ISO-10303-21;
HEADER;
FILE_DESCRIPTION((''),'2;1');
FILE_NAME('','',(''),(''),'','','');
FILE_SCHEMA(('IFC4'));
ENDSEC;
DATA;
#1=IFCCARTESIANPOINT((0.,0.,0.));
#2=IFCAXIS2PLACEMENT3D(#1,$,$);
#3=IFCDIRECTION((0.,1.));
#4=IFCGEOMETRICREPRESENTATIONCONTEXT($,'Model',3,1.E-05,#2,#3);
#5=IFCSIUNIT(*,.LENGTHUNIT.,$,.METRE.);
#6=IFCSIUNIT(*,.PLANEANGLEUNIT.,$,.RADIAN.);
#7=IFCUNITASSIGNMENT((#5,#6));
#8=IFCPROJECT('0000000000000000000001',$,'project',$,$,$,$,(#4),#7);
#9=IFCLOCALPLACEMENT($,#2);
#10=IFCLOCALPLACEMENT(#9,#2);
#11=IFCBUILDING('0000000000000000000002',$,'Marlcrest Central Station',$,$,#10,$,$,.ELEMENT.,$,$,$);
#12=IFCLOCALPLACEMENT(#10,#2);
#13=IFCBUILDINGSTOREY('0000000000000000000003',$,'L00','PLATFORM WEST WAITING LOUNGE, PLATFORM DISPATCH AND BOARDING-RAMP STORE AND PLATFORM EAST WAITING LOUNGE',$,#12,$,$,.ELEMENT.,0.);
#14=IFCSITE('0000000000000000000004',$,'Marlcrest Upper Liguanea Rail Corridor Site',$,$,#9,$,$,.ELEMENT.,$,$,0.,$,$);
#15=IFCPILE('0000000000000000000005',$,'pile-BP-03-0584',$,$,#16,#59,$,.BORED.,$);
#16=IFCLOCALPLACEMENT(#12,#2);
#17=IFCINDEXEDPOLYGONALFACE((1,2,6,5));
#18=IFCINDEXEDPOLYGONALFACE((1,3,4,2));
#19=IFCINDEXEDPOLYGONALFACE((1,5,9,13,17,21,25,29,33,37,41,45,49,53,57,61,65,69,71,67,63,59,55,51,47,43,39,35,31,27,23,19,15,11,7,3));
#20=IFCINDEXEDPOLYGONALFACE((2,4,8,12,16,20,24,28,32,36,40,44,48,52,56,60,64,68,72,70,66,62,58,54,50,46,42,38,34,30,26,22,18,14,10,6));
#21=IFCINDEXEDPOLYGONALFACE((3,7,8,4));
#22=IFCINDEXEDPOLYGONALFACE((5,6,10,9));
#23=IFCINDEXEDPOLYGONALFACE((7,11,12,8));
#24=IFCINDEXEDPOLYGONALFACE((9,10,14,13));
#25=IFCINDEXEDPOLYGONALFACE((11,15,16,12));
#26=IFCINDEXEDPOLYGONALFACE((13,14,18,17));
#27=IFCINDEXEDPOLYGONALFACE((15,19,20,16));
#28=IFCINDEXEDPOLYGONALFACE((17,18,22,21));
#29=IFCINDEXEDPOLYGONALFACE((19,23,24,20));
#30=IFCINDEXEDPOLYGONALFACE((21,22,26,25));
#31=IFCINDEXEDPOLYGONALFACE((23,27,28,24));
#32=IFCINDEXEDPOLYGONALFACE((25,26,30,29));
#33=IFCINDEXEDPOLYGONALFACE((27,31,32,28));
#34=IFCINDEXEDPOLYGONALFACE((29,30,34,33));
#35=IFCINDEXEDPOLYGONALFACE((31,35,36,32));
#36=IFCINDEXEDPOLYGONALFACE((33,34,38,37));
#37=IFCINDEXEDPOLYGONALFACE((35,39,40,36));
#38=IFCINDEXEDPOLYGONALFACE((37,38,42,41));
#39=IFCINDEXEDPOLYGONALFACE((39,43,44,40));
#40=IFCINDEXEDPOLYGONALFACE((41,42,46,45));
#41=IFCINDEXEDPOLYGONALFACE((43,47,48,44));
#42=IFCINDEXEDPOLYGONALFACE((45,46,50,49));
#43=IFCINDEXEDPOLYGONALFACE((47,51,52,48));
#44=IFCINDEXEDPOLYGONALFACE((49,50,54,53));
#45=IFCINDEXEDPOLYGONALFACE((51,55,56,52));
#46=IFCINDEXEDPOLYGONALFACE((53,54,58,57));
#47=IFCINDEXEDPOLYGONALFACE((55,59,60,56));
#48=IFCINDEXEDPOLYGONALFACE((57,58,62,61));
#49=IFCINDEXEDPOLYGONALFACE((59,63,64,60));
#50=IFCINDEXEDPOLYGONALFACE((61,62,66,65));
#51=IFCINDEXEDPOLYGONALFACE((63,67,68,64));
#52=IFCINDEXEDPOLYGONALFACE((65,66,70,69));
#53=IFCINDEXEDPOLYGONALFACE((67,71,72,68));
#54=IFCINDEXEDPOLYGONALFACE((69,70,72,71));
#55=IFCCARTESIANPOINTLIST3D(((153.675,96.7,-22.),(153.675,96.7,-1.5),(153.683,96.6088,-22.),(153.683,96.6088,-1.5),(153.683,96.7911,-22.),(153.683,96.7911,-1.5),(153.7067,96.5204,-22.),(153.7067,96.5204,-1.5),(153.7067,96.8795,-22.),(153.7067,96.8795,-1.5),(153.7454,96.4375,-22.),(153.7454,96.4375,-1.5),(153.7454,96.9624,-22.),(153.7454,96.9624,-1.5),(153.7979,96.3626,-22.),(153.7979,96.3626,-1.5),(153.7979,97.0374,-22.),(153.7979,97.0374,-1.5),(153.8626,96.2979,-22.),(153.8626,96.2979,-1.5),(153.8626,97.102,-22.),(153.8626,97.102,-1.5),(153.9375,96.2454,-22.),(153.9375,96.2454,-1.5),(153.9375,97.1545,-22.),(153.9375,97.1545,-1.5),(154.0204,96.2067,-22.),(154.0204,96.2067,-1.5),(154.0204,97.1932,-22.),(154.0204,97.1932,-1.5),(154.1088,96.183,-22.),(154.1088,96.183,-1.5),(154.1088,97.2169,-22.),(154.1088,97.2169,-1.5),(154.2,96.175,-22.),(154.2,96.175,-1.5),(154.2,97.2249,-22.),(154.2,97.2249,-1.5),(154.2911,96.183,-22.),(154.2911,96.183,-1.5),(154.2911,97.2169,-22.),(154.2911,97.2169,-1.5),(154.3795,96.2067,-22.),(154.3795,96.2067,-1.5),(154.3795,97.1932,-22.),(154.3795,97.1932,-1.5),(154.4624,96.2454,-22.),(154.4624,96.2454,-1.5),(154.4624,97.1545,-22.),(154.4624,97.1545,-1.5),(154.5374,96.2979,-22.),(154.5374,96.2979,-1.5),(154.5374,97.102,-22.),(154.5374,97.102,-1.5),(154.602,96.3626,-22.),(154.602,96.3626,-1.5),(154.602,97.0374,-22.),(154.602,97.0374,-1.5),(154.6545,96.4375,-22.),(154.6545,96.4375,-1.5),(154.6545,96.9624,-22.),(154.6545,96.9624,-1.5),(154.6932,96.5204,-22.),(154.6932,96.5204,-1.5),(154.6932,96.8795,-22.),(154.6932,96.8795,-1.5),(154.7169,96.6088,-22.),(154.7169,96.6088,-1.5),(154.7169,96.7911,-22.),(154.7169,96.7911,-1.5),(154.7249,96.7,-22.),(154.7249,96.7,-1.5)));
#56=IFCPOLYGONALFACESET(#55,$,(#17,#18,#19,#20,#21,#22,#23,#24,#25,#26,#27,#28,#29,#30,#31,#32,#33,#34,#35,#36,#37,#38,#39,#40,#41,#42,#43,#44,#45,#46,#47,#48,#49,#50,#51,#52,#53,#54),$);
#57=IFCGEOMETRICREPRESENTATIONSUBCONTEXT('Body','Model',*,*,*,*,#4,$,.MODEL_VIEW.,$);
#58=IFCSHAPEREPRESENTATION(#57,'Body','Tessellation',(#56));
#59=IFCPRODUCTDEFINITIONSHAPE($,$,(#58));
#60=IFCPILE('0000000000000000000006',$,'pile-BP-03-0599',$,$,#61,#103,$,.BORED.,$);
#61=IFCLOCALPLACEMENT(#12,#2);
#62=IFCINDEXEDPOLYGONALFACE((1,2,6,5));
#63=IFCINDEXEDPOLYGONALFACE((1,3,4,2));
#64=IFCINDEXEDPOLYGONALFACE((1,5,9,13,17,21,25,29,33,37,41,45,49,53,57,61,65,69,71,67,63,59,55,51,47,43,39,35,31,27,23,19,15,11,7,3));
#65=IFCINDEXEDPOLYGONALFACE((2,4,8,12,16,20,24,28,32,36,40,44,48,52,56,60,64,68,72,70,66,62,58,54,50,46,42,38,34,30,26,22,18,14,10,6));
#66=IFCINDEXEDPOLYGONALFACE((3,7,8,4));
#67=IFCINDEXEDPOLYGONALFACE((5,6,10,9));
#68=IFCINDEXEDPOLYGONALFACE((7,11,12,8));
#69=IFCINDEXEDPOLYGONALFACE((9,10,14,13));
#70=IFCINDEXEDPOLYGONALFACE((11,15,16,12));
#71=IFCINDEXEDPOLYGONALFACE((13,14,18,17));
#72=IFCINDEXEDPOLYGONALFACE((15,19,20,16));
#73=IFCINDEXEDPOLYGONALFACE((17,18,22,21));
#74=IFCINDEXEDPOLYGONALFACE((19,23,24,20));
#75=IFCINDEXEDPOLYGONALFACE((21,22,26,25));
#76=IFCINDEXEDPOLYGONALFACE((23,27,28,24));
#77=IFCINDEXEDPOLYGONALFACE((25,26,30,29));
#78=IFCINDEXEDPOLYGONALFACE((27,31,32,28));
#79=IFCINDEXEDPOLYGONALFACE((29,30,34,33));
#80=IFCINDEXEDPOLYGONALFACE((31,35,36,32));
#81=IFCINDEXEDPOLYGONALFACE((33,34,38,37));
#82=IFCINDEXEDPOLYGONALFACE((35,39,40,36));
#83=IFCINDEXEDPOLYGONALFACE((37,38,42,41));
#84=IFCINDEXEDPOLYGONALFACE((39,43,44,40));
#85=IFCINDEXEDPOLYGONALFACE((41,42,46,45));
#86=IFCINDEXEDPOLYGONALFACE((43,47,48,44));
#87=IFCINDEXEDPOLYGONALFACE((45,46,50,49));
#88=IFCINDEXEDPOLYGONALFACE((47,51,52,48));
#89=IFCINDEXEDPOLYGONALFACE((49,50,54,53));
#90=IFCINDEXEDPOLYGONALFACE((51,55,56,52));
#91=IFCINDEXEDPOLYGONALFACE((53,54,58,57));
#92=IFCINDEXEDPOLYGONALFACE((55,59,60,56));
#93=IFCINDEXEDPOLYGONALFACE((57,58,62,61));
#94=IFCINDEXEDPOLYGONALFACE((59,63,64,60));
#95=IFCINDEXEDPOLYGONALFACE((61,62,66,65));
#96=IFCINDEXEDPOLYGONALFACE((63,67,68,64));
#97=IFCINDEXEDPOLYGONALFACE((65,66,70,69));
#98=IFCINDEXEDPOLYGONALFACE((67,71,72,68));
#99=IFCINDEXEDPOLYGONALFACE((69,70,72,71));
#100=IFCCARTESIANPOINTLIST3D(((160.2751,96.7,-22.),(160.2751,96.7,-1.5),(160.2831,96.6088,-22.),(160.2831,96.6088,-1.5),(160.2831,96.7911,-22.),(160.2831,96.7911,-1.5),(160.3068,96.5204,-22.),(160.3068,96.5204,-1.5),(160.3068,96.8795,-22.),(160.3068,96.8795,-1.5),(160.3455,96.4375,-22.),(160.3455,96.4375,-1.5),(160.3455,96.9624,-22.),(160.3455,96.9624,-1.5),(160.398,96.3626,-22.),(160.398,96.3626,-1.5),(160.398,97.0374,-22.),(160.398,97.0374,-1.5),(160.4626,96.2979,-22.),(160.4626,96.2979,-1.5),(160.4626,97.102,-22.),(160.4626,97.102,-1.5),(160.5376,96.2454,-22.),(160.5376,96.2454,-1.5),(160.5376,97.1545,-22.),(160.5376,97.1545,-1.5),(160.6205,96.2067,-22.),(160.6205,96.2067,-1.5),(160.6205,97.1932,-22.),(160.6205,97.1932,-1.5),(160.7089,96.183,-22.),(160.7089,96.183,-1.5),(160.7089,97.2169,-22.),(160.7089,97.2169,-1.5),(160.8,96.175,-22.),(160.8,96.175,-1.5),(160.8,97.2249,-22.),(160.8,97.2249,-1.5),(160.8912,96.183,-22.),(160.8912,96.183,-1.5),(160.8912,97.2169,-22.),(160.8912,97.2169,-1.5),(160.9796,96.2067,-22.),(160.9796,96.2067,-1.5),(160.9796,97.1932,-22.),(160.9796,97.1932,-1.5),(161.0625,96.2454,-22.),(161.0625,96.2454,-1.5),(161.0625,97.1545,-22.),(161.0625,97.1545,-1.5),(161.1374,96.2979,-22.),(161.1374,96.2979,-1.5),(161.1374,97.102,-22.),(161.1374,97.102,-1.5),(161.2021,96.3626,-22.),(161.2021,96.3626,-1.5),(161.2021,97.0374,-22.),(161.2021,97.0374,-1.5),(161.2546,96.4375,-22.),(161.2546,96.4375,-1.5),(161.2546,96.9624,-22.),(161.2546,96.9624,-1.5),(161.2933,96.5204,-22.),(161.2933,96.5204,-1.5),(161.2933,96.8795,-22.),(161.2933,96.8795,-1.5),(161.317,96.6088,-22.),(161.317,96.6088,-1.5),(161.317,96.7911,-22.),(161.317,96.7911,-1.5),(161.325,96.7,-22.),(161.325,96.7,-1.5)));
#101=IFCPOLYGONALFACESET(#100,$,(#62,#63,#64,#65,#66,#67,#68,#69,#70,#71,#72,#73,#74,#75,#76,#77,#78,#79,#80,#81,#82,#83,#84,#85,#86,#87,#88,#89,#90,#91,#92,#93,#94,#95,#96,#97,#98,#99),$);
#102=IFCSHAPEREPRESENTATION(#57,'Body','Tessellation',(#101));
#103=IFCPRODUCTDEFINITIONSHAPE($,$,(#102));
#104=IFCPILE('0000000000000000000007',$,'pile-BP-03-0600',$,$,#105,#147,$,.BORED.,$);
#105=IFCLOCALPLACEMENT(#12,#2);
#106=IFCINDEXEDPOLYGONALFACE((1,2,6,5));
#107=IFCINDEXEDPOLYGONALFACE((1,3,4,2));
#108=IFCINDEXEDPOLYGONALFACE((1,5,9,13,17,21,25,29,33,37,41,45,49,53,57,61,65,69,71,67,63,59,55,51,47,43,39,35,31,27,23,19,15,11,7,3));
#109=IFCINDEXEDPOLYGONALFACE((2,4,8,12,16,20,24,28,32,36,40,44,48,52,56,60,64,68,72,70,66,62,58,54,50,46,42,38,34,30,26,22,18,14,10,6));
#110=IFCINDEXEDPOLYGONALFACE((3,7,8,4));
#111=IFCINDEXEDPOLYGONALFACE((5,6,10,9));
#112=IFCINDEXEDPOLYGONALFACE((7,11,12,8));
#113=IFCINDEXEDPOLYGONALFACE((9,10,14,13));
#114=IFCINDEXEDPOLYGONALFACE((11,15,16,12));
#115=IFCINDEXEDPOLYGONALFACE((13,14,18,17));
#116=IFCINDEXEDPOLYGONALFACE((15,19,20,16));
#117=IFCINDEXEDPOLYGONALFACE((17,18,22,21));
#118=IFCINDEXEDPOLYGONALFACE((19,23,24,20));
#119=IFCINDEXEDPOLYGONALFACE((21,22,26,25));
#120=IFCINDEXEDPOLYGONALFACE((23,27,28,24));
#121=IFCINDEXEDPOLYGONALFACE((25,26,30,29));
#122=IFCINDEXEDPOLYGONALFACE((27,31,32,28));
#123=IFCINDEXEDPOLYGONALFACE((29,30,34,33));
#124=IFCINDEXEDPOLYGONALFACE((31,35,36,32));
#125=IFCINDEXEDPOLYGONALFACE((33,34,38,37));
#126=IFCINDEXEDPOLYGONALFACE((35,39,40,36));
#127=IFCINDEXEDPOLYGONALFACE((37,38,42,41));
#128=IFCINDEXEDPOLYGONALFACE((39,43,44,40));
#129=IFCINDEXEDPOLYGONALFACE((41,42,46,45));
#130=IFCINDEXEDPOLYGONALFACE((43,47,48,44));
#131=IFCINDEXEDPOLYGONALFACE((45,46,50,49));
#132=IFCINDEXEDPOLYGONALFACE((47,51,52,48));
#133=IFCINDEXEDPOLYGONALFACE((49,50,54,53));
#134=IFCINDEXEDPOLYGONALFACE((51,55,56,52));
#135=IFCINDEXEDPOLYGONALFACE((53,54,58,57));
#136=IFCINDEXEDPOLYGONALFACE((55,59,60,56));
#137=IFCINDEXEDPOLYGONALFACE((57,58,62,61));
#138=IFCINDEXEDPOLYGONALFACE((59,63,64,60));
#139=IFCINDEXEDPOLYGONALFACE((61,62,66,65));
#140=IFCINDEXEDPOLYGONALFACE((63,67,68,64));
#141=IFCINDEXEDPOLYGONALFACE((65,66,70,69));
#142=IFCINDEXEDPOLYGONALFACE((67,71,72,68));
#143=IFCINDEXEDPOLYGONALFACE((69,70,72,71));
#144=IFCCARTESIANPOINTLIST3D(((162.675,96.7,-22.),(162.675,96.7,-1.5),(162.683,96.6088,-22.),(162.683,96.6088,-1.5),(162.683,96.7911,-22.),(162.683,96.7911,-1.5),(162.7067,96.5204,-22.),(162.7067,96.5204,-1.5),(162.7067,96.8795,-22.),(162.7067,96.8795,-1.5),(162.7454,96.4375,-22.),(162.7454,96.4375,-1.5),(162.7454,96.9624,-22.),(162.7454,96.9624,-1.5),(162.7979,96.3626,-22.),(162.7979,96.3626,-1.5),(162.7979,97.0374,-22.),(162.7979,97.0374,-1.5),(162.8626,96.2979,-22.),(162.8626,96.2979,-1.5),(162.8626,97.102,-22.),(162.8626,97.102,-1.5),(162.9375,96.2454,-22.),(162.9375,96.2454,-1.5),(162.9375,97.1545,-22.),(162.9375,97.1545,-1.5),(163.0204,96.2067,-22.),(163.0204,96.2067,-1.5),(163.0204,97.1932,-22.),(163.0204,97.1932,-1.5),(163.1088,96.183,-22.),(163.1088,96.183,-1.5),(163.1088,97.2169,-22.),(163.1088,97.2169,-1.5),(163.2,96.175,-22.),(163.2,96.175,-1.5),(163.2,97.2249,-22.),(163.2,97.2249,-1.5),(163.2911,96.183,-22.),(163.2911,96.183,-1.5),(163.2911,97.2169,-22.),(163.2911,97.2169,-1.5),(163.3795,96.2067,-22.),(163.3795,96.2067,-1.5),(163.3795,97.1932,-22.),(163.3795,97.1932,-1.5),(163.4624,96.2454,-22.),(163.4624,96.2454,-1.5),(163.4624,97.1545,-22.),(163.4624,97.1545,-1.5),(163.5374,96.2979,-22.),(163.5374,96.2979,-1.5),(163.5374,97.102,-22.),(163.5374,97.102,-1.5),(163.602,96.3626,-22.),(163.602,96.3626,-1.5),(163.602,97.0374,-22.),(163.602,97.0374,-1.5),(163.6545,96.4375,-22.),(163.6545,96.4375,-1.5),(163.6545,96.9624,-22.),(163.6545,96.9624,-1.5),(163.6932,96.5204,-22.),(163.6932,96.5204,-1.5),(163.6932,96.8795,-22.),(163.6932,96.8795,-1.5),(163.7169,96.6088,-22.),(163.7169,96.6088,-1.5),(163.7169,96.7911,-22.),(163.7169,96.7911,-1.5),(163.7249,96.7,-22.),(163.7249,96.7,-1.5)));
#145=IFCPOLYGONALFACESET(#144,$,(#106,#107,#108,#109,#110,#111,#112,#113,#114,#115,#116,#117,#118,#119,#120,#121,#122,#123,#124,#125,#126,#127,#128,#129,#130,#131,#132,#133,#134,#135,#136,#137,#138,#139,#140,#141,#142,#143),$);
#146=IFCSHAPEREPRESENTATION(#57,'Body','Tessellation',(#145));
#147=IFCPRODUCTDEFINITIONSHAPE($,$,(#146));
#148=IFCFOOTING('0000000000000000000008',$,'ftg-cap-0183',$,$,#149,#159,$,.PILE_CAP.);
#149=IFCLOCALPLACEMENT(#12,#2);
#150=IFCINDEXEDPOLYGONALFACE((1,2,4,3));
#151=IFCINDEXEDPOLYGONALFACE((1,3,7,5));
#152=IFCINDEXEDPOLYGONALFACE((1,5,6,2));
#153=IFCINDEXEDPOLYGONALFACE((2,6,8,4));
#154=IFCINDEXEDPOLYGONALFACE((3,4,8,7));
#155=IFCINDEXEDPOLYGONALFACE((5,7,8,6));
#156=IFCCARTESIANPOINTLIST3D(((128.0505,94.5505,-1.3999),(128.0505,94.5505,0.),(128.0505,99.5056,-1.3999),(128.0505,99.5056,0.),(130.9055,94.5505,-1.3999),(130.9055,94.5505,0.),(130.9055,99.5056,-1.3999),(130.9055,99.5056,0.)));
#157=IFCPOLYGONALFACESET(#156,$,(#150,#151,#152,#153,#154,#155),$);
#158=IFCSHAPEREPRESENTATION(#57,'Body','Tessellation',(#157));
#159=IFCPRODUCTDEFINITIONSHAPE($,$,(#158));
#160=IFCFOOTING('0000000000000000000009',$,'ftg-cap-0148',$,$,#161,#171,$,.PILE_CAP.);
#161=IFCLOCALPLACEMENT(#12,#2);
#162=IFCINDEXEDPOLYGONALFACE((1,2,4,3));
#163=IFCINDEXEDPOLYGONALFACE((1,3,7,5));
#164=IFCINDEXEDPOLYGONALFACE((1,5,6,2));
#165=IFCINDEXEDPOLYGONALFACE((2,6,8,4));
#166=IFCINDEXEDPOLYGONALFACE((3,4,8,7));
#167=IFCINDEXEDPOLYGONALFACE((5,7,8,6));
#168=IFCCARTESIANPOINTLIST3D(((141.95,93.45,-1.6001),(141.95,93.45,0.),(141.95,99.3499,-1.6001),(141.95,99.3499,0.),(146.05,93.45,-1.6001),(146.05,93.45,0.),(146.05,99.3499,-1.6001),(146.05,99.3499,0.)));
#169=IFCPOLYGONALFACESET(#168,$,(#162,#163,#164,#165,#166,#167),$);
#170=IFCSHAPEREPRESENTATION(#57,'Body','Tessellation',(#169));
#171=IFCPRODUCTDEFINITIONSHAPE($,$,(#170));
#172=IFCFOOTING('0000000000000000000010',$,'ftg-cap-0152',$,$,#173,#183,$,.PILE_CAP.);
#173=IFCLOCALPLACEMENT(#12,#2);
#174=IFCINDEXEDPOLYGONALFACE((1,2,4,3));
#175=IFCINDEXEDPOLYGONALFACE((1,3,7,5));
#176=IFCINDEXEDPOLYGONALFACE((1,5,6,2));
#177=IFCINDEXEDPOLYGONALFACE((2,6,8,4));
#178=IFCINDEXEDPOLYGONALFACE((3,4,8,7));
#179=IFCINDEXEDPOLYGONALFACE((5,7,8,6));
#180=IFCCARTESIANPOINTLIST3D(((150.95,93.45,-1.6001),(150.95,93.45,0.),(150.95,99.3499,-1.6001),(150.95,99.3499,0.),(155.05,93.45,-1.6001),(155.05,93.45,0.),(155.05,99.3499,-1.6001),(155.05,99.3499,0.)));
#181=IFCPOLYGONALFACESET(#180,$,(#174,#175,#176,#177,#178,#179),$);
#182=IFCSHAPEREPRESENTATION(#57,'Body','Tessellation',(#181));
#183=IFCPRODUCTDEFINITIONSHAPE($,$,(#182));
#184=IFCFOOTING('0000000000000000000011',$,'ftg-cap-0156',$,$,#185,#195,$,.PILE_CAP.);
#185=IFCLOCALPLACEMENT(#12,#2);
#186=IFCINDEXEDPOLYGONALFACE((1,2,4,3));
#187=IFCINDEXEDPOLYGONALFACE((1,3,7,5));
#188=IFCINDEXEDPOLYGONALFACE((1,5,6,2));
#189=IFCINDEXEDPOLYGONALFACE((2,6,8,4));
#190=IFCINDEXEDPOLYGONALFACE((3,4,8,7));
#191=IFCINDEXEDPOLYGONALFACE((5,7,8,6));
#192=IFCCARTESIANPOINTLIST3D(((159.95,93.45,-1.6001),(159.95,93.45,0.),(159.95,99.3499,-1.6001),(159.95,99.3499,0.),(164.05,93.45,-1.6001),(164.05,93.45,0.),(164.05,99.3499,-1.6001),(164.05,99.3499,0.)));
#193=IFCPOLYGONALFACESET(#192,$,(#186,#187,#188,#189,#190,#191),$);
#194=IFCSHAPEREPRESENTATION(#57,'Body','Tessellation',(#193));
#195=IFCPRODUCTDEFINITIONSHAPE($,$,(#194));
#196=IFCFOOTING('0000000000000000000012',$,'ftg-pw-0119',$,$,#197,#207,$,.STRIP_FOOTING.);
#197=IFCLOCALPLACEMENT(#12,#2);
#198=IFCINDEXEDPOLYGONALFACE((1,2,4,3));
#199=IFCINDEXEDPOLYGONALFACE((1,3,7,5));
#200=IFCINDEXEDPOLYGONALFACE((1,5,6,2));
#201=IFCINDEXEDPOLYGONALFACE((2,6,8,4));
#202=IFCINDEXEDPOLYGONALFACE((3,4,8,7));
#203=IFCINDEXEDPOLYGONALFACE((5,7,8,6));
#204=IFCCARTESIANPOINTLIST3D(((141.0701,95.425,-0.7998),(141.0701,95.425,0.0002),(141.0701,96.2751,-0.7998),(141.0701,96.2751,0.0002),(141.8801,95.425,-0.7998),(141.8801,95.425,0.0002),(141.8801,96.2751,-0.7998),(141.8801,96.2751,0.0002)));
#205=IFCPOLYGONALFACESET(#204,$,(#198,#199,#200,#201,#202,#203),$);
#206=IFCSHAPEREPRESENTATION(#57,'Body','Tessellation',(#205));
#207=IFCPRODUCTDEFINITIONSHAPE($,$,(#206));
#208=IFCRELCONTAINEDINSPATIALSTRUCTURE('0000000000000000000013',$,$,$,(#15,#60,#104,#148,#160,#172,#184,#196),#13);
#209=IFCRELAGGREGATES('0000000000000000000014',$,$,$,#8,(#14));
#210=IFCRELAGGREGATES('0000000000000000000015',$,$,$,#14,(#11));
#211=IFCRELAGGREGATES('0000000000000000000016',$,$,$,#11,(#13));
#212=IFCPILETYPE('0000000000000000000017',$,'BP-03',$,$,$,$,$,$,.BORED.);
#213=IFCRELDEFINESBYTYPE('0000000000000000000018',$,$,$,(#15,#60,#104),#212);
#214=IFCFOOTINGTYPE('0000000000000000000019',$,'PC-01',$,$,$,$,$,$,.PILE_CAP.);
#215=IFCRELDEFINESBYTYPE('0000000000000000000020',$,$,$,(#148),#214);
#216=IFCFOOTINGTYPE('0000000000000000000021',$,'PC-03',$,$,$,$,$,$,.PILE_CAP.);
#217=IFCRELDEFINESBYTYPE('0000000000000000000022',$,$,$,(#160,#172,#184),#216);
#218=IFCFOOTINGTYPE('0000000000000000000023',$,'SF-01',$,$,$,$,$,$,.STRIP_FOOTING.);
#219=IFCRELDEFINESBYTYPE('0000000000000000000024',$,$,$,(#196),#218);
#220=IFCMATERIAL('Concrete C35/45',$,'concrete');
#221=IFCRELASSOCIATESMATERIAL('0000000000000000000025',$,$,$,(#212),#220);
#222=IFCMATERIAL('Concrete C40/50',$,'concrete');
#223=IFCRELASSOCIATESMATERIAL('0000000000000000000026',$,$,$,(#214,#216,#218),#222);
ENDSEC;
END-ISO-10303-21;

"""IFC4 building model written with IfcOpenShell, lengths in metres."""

from ifc_helpers import new_model, si_unit, direction, frame, origin, origin_2d, place, context, subcontext, project, spatial, rectangle, circle, extrude, material, material_profile, profile_set, type_object, element, save


model = new_model("IFC4")

# Units and contexts
model_context = context("Model", 3, precision=1e-05, world=origin(), true_north=direction((0.0, 1.0)))
body_context = subcontext(model_context, "Body", "Model", "MODEL_VIEW")
ifc_project = project(units=[si_unit("LENGTHUNIT", "METRE"), si_unit("PLANEANGLEUNIT", "RADIAN")], contexts=[model_context])

# Site, building, storey
site_placement = place(None, origin())
site = spatial("IfcSite", under=ifc_project, at=site_placement, Name="Marlcrest Upper Liguanea Rail Corridor Site", CompositionType="ELEMENT", RefElevation=0.0)
building_placement = place(site_placement, origin())
building = spatial("IfcBuilding", under=site, at=building_placement, Name="Marlcrest Central Station", CompositionType="ELEMENT")
storey_placement = place(building_placement, origin())
storey = spatial("IfcBuildingStorey", under=building, at=storey_placement, Name="L00", Description="PLATFORM WEST WAITING LOUNGE, PLATFORM DISPATCH AND BOARDING-RAMP STORE AND PLATFORM EAST WAITING LOUNGE", CompositionType="ELEMENT", Elevation=0.0)

# Piles
ifc_material_1 = material(Name="Concrete C35/45", Category="concrete")
ifc_material_profile_1 = material_profile(ifc_material_1, circle(Radius=0.5249, at=origin_2d()), Name="PILE D1050")
ifc_profile_set_1 = profile_set([ifc_material_profile_1], Name="Concrete C35/45")
pile_type_1 = type_object("IfcPileType", Name="BP-03", PredefinedType="BORED", material=ifc_profile_set_1)
for number, where, z_axis, x_axis, name in (
    (1, (154.2, 96.7, -1.5), (0.0, 0.0, -1.0), (1.0, 0.0, 0.0), "pile-BP-03-0584"),
    (2, (160.8, 96.7, -1.5), (0.0, 0.0, -1.0), (1.0, 0.0, 0.0), "pile-BP-03-0599"),
    (3, (163.2, 96.7, -1.5), (0.0, 0.0, -1.0), (1.0, 0.0, 0.0), "pile-BP-03-0600"),
):
    element("IfcPile", number, at=place(storey_placement, frame(where, z_axis=z_axis, x_axis=x_axis)), inside=storey, type_object=pile_type_1, Name=name, PredefinedType="BORED", context=body_context, shape_type="SweptSolid", body=[
        extrude(circle(Radius=0.5249, at=origin_2d()), origin(), (0.0, 0.0, 1.0), 20.5),
    ])

# Footings
ifc_material_2 = material(Name="Concrete C40/50", Category="concrete")
footing_type_1 = type_object("IfcFootingType", Name="PC-01", PredefinedType="PILE_CAP", material=ifc_material_2)
footing_1_placement = place(storey_placement, frame((129.478, 97.0281, -1.3999), z_axis=(0.0, 0.0, 1.0), x_axis=(1.0, 0.0, 0.0)))
element("IfcFooting", 4, at=footing_1_placement, inside=storey, type_object=footing_type_1, Name="ftg-cap-0183", PredefinedType="PILE_CAP", context=body_context, shape_type="SweptSolid", body=[
    extrude(rectangle(XDim=2.855, YDim=4.9551, at=origin_2d()), origin(), (0.0, 0.0, 1.0), 1.3999),
])
footing_type_2 = type_object("IfcFootingType", Name="PC-03", PredefinedType="PILE_CAP", material=ifc_material_2)
for number, where, z_axis, x_axis, name in (
    (5, (144.0, 96.3999, -1.6001), (0.0, 0.0, 1.0), (1.0, 0.0, 0.0), "ftg-cap-0148"),
    (6, (153.0, 96.3999, -1.6001), (0.0, 0.0, 1.0), (1.0, 0.0, 0.0), "ftg-cap-0152"),
    (7, (162.0, 96.3999, -1.6001), (0.0, 0.0, 1.0), (1.0, 0.0, 0.0), "ftg-cap-0156"),
):
    element("IfcFooting", number, at=place(storey_placement, frame(where, z_axis=z_axis, x_axis=x_axis)), inside=storey, type_object=footing_type_2, Name=name, PredefinedType="PILE_CAP", context=body_context, shape_type="SweptSolid", body=[
        extrude(rectangle(XDim=4.1001, YDim=5.8999, at=origin_2d()), origin(), (0.0, 0.0, 1.0), 1.6001),
    ])
footing_type_3 = type_object("IfcFootingType", Name="SF-01", PredefinedType="STRIP_FOOTING", material=ifc_material_2)
footing_2_placement = place(storey_placement, frame((141.4751, 95.8501, -0.7998), z_axis=(0.0, 0.0, 1.0), x_axis=(1.0, 0.0, 0.0)))
element("IfcFooting", 8, at=footing_2_placement, inside=storey, type_object=footing_type_3, Name="ftg-pw-0119", PredefinedType="STRIP_FOOTING", context=body_context, shape_type="SweptSolid", body=[
    extrude(rectangle(XDim=0.8101, YDim=0.8501, at=origin_2d()), origin(), (0.0, 0.0, 1.0), 0.8),
])

save(model, "model.ifc")
